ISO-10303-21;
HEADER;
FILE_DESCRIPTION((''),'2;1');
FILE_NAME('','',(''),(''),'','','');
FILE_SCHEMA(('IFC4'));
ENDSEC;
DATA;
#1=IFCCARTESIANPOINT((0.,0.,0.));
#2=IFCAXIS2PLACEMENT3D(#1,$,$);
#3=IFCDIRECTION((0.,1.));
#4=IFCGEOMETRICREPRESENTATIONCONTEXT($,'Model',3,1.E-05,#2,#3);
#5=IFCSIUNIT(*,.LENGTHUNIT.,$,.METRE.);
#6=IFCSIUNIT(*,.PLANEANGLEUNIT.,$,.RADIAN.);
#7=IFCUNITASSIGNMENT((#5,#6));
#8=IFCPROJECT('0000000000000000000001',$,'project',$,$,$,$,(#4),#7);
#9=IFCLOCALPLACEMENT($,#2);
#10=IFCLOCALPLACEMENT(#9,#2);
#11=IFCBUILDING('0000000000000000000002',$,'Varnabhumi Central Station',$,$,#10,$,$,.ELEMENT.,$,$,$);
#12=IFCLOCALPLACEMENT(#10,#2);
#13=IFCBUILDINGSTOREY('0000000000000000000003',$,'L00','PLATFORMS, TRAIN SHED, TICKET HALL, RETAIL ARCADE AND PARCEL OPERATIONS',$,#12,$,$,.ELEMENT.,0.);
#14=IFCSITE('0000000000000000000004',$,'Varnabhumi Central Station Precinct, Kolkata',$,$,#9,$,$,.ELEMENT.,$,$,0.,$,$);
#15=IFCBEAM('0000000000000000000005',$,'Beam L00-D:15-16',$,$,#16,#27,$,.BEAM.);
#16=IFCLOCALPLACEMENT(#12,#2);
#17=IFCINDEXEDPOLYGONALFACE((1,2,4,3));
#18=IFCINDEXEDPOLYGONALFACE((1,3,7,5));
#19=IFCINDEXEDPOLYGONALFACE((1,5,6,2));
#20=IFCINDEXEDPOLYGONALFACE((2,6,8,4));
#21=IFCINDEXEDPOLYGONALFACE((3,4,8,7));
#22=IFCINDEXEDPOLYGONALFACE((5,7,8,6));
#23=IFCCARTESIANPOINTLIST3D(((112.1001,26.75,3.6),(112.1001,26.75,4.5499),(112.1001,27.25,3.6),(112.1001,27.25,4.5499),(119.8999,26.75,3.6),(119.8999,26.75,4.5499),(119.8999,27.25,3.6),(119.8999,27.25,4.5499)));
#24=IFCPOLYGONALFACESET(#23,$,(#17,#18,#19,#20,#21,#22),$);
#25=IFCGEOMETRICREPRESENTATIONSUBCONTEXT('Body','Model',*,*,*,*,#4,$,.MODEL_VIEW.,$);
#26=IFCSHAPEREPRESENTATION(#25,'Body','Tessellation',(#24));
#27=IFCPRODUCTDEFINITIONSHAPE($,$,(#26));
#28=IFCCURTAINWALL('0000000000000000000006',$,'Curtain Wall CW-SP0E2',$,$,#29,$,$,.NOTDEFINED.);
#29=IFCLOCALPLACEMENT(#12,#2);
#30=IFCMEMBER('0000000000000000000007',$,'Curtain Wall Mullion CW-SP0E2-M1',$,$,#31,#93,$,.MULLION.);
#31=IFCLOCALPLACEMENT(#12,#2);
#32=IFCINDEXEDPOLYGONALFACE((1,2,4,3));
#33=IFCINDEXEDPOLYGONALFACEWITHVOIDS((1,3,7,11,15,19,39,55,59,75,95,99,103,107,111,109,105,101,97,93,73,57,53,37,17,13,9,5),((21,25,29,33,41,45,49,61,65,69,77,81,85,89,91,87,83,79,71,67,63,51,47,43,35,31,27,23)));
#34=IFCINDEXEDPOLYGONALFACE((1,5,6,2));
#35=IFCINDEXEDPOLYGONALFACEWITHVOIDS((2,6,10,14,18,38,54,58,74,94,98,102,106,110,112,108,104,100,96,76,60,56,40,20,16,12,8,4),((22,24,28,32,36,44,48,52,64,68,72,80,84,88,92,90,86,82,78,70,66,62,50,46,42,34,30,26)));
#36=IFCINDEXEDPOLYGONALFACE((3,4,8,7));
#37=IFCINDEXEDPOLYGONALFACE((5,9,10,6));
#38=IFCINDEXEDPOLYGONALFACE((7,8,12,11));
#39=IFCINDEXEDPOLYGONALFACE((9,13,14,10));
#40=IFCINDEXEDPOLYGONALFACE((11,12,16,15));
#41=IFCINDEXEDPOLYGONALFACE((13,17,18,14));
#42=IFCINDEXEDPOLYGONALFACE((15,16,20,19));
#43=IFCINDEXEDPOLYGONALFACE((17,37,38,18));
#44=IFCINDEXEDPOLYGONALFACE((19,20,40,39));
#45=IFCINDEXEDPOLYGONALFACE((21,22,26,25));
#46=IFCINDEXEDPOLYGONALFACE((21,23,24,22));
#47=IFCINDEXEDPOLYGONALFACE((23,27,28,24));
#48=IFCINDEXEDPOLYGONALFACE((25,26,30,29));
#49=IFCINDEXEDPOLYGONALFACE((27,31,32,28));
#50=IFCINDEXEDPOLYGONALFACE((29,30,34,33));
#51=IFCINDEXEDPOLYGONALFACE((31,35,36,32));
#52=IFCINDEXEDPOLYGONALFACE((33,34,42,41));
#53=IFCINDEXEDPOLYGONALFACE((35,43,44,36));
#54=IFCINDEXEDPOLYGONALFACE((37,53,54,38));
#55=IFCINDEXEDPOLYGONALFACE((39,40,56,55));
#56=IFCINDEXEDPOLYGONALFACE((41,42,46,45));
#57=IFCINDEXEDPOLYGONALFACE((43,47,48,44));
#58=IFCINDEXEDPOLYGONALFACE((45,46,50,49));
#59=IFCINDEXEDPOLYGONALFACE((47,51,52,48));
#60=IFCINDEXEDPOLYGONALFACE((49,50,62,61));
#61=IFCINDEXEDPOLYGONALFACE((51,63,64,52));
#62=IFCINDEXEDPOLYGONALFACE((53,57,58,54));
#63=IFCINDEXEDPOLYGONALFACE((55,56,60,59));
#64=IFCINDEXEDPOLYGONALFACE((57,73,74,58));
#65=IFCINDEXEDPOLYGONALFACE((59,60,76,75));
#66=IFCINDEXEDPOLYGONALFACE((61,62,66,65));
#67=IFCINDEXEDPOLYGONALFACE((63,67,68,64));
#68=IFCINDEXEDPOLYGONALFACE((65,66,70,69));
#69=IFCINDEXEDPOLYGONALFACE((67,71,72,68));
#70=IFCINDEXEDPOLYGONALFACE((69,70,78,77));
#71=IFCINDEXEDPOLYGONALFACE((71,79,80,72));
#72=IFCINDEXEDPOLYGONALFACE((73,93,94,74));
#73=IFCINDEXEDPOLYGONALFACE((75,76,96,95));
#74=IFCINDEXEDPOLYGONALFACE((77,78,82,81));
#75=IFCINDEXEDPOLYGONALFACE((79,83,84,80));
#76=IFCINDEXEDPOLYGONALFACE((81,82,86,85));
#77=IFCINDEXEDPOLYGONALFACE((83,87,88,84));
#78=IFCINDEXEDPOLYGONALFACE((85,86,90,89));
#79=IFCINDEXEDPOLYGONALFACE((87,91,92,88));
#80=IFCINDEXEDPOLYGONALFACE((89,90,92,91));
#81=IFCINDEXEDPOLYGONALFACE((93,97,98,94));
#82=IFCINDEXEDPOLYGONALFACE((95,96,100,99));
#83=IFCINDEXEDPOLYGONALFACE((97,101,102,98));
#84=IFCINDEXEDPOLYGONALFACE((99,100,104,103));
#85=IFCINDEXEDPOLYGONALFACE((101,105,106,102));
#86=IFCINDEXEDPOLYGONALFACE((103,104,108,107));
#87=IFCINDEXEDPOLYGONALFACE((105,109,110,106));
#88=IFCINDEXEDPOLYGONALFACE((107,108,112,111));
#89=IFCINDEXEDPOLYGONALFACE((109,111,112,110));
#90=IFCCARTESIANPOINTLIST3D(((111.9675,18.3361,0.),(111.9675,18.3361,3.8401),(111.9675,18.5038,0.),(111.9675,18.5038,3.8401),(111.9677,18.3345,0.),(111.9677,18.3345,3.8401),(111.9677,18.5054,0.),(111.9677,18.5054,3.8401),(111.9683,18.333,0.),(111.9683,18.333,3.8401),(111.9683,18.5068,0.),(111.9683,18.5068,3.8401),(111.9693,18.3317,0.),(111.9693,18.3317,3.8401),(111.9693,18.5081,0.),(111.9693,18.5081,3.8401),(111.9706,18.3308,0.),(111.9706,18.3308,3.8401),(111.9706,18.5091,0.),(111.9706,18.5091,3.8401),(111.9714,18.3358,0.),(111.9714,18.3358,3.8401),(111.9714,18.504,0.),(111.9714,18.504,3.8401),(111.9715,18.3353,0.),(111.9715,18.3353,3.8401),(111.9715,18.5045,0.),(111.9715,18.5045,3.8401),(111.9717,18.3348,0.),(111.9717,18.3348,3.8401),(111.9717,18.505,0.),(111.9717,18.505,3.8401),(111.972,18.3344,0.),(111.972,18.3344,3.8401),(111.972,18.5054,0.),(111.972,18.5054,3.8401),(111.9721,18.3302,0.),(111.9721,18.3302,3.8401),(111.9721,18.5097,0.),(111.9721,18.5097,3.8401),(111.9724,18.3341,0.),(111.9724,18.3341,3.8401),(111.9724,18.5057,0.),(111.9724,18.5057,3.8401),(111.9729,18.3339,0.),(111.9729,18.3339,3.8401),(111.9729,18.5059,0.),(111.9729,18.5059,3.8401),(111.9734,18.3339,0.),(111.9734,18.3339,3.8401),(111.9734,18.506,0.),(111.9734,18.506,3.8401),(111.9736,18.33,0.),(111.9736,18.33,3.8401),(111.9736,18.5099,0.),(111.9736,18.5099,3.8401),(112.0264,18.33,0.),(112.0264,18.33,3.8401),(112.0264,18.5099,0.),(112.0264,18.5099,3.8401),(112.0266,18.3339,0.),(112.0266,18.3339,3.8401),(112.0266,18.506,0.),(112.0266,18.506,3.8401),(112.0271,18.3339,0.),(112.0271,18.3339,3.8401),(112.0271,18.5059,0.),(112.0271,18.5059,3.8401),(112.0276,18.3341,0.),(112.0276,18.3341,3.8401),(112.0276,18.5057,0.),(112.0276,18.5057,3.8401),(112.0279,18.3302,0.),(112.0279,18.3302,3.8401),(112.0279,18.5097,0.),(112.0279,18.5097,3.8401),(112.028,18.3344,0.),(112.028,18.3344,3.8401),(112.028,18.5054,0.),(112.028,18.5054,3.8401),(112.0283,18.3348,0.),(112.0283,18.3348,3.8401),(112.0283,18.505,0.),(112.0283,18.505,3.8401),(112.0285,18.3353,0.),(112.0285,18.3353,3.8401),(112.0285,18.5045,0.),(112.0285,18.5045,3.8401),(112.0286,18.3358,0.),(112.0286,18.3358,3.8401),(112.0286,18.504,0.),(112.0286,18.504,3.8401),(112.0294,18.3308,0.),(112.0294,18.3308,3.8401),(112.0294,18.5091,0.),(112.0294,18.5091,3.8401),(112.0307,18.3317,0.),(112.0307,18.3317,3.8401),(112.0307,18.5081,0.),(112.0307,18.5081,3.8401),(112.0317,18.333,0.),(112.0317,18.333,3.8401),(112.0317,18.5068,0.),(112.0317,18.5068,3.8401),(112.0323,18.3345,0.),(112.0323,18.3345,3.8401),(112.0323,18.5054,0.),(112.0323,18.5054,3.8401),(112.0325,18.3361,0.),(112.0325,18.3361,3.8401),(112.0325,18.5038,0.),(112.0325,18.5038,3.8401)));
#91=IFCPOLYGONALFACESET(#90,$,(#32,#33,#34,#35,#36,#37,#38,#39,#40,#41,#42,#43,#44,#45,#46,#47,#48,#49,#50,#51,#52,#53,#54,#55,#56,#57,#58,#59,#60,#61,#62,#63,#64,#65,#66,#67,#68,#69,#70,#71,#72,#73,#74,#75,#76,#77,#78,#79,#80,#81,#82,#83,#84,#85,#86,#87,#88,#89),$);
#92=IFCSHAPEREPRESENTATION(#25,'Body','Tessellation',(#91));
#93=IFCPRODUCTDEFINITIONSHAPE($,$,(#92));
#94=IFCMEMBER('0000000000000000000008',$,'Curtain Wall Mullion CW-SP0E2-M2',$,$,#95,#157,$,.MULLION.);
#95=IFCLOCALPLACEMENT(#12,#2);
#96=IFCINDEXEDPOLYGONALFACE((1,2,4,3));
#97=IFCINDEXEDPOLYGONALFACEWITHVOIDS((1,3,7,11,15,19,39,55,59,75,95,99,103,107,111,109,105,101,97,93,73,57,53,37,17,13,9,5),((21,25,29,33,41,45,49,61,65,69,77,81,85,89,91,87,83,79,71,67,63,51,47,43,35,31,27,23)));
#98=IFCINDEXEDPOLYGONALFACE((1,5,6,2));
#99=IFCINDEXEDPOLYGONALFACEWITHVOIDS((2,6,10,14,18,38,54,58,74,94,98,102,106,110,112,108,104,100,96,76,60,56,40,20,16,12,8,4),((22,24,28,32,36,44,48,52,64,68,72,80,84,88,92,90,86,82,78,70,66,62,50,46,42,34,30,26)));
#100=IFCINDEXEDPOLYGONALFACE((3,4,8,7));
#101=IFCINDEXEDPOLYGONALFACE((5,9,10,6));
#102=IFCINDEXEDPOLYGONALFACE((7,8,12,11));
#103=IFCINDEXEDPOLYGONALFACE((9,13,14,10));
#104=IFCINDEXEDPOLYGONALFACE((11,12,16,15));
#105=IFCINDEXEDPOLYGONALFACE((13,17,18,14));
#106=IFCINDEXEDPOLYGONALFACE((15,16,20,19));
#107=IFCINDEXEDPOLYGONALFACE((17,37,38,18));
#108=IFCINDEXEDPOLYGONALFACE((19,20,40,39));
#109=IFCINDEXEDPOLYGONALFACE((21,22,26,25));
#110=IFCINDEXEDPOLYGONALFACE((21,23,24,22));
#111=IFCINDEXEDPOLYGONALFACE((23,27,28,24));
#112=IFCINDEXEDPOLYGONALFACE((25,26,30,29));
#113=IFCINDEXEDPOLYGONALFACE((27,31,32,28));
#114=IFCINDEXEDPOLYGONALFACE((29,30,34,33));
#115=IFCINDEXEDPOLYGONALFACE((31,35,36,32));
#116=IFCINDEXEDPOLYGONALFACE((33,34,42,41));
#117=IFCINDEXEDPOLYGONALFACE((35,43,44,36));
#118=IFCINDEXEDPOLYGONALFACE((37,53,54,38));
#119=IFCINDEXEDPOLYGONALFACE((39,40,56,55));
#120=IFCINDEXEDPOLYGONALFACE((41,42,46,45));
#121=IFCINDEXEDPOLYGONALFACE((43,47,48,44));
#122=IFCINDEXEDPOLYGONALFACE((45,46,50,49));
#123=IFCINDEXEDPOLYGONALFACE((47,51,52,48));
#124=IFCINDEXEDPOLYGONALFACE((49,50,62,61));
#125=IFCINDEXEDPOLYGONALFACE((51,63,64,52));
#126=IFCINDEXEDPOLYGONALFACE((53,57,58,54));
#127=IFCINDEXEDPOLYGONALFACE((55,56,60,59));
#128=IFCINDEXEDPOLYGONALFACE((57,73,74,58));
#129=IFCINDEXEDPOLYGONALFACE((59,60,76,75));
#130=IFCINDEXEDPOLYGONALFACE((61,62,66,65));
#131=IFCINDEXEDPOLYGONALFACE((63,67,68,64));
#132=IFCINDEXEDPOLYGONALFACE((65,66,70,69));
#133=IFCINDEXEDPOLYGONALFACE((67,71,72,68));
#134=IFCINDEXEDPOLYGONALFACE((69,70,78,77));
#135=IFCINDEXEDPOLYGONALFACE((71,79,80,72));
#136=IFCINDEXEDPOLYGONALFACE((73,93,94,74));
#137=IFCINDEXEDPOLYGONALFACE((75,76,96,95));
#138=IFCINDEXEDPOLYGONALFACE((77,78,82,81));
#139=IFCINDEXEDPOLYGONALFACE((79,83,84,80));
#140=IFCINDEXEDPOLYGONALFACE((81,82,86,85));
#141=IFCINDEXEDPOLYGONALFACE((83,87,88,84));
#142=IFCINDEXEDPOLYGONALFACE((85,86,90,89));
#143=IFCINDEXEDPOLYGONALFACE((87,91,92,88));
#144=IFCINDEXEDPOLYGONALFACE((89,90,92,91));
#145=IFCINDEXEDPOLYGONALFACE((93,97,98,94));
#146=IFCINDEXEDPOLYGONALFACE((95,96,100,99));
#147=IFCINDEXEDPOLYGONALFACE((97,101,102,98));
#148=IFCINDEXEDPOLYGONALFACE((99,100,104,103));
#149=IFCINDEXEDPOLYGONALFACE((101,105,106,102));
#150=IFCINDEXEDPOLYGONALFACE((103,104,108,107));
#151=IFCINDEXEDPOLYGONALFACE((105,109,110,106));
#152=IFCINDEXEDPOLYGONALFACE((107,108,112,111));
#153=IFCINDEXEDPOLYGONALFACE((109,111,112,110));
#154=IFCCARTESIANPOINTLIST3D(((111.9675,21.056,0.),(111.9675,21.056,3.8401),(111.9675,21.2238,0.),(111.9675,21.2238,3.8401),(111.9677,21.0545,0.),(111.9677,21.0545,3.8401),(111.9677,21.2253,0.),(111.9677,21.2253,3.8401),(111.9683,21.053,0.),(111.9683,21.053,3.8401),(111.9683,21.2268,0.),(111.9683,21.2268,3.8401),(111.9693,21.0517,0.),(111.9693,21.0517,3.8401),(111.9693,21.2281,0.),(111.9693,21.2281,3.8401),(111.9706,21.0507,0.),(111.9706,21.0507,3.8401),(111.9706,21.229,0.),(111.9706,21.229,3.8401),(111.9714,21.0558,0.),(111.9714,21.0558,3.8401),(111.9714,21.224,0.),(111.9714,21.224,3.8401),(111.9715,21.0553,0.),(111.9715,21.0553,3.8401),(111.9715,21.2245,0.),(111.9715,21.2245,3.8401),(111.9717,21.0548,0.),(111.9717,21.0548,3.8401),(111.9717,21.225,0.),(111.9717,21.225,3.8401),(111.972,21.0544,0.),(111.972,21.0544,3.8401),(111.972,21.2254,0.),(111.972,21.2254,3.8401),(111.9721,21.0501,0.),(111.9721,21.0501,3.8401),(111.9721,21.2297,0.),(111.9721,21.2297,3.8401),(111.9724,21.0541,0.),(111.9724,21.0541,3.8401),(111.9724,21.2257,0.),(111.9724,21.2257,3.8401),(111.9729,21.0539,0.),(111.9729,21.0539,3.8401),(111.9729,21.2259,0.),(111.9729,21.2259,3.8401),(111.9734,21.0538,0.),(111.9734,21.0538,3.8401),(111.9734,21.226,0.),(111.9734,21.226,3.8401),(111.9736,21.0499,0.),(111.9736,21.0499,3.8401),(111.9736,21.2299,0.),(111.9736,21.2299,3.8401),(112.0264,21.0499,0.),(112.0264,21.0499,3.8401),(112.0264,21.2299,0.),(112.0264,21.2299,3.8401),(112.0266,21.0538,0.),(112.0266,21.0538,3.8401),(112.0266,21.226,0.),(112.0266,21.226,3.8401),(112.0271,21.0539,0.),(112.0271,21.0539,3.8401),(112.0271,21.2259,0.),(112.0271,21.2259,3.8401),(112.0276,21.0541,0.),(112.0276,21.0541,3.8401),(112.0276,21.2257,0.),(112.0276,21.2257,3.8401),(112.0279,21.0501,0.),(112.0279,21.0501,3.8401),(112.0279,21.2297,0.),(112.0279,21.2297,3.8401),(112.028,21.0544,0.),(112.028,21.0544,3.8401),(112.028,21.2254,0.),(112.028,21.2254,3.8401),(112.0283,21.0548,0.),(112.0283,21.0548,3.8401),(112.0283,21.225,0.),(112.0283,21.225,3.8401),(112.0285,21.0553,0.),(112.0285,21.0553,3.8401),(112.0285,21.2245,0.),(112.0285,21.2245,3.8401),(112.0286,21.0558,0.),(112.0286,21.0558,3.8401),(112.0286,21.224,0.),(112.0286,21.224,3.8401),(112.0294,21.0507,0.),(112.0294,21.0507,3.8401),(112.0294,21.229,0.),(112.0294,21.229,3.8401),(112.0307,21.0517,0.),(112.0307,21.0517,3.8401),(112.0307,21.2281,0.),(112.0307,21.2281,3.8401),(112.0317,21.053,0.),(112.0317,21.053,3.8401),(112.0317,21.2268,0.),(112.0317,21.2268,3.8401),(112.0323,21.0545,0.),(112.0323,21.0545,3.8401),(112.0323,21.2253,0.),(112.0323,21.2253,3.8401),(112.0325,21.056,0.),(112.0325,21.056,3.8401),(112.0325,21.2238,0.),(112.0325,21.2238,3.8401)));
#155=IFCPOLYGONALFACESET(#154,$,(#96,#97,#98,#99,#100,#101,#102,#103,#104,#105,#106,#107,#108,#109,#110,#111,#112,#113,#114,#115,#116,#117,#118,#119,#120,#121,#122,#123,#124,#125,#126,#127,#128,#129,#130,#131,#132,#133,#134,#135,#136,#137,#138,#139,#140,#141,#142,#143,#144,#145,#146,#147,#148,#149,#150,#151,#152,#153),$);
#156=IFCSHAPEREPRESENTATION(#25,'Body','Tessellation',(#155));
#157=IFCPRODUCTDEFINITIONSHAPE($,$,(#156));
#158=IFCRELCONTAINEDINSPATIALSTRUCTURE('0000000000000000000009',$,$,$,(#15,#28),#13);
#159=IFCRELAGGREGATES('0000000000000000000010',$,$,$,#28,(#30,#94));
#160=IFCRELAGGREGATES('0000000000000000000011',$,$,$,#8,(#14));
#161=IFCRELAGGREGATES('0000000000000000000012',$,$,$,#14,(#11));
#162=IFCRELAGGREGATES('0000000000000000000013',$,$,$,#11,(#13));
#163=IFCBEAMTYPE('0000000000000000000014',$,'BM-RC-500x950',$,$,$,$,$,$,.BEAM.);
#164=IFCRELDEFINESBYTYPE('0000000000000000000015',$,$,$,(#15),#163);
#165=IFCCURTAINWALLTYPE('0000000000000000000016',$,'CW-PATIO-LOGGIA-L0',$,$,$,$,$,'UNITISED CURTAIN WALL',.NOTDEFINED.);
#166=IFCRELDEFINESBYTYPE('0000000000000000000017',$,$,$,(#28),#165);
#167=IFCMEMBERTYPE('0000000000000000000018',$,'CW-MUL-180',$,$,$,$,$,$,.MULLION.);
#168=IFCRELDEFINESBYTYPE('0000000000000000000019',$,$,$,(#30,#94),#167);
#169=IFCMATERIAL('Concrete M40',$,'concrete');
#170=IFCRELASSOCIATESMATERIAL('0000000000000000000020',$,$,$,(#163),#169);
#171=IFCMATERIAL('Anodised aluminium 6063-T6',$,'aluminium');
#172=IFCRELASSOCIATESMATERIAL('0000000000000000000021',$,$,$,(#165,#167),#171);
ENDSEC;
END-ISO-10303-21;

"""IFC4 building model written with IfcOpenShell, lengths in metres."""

from ifc_helpers import new_model, si_unit, direction, frame, origin, origin_2d, place, context, subcontext, project, spatial, rectangle, hollow_rectangle, extrude, material, material_profile, profile_set, type_object, element, aggregate, save


model = new_model("IFC4")

# Units and contexts
model_context = context("Model", 3, precision=1e-05, world=origin(), true_north=direction((0.0, 1.0)))
body_context = subcontext(model_context, "Body", "Model", "MODEL_VIEW")
ifc_project = project(units=[si_unit("LENGTHUNIT", "METRE"), si_unit("PLANEANGLEUNIT", "RADIAN")], contexts=[model_context])

# Site, building, storey
site_placement = place(None, origin())
site = spatial("IfcSite", under=ifc_project, at=site_placement, Name="Varnabhumi Central Station Precinct, Kolkata", CompositionType="ELEMENT", RefElevation=0.0)
building_placement = place(site_placement, origin())
building = spatial("IfcBuilding", under=site, at=building_placement, Name="Varnabhumi Central Station", CompositionType="ELEMENT")
storey_placement = place(building_placement, origin())
storey = spatial("IfcBuildingStorey", under=building, at=storey_placement, Name="L00", Description="PLATFORMS, TRAIN SHED, TICKET HALL, RETAIL ARCADE AND PARCEL OPERATIONS", CompositionType="ELEMENT", Elevation=0.0)

# Shared definitions
ifc_material_1 = material(Name="Concrete M40", Category="concrete")

# Beam
ifc_material_profile_1 = material_profile(ifc_material_1, rectangle(XDim=0.5, YDim=0.95, at=origin_2d()), Name="Concrete M40", Category="concrete")
ifc_profile_set_1 = profile_set([ifc_material_profile_1], Name="Concrete M40")
beam_type_1 = type_object("IfcBeamType", Name="BM-RC-500x950", PredefinedType="BEAM", material=ifc_profile_set_1)
beam_1_placement = place(storey_placement, frame((112.1001, 27.0, 4.075), z_axis=(1.0, 0.0, 0.0), x_axis=(0.0, 1.0, 0.0)))
element("IfcBeam", 1, at=beam_1_placement, inside=storey, type_object=beam_type_1, Name="Beam L00-D:15-16", PredefinedType="BEAM", context=body_context, shape_type="SweptSolid", body=[
    extrude(rectangle(XDim=0.5, YDim=0.95, at=origin_2d()), origin(), (0.0, 0.0, 1.0), 7.7998),
])

# Curtain wall, members
ifc_material_2 = material(Name="Anodised aluminium 6063-T6", Category="aluminium")
curtain_wall_type = type_object("IfcCurtainWallType", Name="CW-PATIO-LOGGIA-L0", ElementType="UNITISED CURTAIN WALL", PredefinedType="NOTDEFINED", material=ifc_material_2)
curtain_wall_1_placement = place(storey_placement, origin())
curtain_wall_1 = element("IfcCurtainWall", 2, at=curtain_wall_1_placement, inside=storey, type_object=curtain_wall_type, Name="Curtain Wall CW-SP0E2", PredefinedType="NOTDEFINED")
ifc_material_profile_2 = material_profile(ifc_material_2, hollow_rectangle(XDim=0.0649, YDim=0.1799, WallThickness=0.0039, InnerFilletRadius=0.002, OuterFilletRadius=0.0061, at=origin_2d()), Name="Anodised aluminium 6063-T6", Category="aluminium")
ifc_profile_set_2 = profile_set([ifc_material_profile_2], Name="Anodised aluminium 6063-T6")
member_type_1 = type_object("IfcMemberType", Name="CW-MUL-180", PredefinedType="MULLION", material=ifc_profile_set_2)
member_1_placement = place(storey_placement, frame((112.0, 18.4199, 0.0), z_axis=(0.0, 0.0, 1.0), x_axis=(1.0, 0.0, 0.0)))
member_1 = element("IfcMember", 3, at=member_1_placement, type_object=member_type_1, Name="Curtain Wall Mullion CW-SP0E2-M1", PredefinedType="MULLION", context=body_context, shape_type="SweptSolid", body=[
    extrude(hollow_rectangle(XDim=0.0649, YDim=0.1799, WallThickness=0.0039, InnerFilletRadius=0.002, OuterFilletRadius=0.0061, at=origin_2d()), origin(), (0.0, 0.0, 1.0), 3.8401),
])
member_2_placement = place(storey_placement, frame((112.0, 21.1399, 0.0), z_axis=(0.0, 0.0, 1.0), x_axis=(1.0, 0.0, 0.0)))
member_2 = element("IfcMember", 4, at=member_2_placement, type_object=member_type_1, Name="Curtain Wall Mullion CW-SP0E2-M2", PredefinedType="MULLION", context=body_context, shape_type="SweptSolid", body=[
    extrude(hollow_rectangle(XDim=0.0649, YDim=0.1799, WallThickness=0.0039, InnerFilletRadius=0.002, OuterFilletRadius=0.0061, at=origin_2d()), origin(), (0.0, 0.0, 1.0), 3.8401),
])

aggregate(curtain_wall_1, [member_1, member_2])

save(model, "model.ifc")
